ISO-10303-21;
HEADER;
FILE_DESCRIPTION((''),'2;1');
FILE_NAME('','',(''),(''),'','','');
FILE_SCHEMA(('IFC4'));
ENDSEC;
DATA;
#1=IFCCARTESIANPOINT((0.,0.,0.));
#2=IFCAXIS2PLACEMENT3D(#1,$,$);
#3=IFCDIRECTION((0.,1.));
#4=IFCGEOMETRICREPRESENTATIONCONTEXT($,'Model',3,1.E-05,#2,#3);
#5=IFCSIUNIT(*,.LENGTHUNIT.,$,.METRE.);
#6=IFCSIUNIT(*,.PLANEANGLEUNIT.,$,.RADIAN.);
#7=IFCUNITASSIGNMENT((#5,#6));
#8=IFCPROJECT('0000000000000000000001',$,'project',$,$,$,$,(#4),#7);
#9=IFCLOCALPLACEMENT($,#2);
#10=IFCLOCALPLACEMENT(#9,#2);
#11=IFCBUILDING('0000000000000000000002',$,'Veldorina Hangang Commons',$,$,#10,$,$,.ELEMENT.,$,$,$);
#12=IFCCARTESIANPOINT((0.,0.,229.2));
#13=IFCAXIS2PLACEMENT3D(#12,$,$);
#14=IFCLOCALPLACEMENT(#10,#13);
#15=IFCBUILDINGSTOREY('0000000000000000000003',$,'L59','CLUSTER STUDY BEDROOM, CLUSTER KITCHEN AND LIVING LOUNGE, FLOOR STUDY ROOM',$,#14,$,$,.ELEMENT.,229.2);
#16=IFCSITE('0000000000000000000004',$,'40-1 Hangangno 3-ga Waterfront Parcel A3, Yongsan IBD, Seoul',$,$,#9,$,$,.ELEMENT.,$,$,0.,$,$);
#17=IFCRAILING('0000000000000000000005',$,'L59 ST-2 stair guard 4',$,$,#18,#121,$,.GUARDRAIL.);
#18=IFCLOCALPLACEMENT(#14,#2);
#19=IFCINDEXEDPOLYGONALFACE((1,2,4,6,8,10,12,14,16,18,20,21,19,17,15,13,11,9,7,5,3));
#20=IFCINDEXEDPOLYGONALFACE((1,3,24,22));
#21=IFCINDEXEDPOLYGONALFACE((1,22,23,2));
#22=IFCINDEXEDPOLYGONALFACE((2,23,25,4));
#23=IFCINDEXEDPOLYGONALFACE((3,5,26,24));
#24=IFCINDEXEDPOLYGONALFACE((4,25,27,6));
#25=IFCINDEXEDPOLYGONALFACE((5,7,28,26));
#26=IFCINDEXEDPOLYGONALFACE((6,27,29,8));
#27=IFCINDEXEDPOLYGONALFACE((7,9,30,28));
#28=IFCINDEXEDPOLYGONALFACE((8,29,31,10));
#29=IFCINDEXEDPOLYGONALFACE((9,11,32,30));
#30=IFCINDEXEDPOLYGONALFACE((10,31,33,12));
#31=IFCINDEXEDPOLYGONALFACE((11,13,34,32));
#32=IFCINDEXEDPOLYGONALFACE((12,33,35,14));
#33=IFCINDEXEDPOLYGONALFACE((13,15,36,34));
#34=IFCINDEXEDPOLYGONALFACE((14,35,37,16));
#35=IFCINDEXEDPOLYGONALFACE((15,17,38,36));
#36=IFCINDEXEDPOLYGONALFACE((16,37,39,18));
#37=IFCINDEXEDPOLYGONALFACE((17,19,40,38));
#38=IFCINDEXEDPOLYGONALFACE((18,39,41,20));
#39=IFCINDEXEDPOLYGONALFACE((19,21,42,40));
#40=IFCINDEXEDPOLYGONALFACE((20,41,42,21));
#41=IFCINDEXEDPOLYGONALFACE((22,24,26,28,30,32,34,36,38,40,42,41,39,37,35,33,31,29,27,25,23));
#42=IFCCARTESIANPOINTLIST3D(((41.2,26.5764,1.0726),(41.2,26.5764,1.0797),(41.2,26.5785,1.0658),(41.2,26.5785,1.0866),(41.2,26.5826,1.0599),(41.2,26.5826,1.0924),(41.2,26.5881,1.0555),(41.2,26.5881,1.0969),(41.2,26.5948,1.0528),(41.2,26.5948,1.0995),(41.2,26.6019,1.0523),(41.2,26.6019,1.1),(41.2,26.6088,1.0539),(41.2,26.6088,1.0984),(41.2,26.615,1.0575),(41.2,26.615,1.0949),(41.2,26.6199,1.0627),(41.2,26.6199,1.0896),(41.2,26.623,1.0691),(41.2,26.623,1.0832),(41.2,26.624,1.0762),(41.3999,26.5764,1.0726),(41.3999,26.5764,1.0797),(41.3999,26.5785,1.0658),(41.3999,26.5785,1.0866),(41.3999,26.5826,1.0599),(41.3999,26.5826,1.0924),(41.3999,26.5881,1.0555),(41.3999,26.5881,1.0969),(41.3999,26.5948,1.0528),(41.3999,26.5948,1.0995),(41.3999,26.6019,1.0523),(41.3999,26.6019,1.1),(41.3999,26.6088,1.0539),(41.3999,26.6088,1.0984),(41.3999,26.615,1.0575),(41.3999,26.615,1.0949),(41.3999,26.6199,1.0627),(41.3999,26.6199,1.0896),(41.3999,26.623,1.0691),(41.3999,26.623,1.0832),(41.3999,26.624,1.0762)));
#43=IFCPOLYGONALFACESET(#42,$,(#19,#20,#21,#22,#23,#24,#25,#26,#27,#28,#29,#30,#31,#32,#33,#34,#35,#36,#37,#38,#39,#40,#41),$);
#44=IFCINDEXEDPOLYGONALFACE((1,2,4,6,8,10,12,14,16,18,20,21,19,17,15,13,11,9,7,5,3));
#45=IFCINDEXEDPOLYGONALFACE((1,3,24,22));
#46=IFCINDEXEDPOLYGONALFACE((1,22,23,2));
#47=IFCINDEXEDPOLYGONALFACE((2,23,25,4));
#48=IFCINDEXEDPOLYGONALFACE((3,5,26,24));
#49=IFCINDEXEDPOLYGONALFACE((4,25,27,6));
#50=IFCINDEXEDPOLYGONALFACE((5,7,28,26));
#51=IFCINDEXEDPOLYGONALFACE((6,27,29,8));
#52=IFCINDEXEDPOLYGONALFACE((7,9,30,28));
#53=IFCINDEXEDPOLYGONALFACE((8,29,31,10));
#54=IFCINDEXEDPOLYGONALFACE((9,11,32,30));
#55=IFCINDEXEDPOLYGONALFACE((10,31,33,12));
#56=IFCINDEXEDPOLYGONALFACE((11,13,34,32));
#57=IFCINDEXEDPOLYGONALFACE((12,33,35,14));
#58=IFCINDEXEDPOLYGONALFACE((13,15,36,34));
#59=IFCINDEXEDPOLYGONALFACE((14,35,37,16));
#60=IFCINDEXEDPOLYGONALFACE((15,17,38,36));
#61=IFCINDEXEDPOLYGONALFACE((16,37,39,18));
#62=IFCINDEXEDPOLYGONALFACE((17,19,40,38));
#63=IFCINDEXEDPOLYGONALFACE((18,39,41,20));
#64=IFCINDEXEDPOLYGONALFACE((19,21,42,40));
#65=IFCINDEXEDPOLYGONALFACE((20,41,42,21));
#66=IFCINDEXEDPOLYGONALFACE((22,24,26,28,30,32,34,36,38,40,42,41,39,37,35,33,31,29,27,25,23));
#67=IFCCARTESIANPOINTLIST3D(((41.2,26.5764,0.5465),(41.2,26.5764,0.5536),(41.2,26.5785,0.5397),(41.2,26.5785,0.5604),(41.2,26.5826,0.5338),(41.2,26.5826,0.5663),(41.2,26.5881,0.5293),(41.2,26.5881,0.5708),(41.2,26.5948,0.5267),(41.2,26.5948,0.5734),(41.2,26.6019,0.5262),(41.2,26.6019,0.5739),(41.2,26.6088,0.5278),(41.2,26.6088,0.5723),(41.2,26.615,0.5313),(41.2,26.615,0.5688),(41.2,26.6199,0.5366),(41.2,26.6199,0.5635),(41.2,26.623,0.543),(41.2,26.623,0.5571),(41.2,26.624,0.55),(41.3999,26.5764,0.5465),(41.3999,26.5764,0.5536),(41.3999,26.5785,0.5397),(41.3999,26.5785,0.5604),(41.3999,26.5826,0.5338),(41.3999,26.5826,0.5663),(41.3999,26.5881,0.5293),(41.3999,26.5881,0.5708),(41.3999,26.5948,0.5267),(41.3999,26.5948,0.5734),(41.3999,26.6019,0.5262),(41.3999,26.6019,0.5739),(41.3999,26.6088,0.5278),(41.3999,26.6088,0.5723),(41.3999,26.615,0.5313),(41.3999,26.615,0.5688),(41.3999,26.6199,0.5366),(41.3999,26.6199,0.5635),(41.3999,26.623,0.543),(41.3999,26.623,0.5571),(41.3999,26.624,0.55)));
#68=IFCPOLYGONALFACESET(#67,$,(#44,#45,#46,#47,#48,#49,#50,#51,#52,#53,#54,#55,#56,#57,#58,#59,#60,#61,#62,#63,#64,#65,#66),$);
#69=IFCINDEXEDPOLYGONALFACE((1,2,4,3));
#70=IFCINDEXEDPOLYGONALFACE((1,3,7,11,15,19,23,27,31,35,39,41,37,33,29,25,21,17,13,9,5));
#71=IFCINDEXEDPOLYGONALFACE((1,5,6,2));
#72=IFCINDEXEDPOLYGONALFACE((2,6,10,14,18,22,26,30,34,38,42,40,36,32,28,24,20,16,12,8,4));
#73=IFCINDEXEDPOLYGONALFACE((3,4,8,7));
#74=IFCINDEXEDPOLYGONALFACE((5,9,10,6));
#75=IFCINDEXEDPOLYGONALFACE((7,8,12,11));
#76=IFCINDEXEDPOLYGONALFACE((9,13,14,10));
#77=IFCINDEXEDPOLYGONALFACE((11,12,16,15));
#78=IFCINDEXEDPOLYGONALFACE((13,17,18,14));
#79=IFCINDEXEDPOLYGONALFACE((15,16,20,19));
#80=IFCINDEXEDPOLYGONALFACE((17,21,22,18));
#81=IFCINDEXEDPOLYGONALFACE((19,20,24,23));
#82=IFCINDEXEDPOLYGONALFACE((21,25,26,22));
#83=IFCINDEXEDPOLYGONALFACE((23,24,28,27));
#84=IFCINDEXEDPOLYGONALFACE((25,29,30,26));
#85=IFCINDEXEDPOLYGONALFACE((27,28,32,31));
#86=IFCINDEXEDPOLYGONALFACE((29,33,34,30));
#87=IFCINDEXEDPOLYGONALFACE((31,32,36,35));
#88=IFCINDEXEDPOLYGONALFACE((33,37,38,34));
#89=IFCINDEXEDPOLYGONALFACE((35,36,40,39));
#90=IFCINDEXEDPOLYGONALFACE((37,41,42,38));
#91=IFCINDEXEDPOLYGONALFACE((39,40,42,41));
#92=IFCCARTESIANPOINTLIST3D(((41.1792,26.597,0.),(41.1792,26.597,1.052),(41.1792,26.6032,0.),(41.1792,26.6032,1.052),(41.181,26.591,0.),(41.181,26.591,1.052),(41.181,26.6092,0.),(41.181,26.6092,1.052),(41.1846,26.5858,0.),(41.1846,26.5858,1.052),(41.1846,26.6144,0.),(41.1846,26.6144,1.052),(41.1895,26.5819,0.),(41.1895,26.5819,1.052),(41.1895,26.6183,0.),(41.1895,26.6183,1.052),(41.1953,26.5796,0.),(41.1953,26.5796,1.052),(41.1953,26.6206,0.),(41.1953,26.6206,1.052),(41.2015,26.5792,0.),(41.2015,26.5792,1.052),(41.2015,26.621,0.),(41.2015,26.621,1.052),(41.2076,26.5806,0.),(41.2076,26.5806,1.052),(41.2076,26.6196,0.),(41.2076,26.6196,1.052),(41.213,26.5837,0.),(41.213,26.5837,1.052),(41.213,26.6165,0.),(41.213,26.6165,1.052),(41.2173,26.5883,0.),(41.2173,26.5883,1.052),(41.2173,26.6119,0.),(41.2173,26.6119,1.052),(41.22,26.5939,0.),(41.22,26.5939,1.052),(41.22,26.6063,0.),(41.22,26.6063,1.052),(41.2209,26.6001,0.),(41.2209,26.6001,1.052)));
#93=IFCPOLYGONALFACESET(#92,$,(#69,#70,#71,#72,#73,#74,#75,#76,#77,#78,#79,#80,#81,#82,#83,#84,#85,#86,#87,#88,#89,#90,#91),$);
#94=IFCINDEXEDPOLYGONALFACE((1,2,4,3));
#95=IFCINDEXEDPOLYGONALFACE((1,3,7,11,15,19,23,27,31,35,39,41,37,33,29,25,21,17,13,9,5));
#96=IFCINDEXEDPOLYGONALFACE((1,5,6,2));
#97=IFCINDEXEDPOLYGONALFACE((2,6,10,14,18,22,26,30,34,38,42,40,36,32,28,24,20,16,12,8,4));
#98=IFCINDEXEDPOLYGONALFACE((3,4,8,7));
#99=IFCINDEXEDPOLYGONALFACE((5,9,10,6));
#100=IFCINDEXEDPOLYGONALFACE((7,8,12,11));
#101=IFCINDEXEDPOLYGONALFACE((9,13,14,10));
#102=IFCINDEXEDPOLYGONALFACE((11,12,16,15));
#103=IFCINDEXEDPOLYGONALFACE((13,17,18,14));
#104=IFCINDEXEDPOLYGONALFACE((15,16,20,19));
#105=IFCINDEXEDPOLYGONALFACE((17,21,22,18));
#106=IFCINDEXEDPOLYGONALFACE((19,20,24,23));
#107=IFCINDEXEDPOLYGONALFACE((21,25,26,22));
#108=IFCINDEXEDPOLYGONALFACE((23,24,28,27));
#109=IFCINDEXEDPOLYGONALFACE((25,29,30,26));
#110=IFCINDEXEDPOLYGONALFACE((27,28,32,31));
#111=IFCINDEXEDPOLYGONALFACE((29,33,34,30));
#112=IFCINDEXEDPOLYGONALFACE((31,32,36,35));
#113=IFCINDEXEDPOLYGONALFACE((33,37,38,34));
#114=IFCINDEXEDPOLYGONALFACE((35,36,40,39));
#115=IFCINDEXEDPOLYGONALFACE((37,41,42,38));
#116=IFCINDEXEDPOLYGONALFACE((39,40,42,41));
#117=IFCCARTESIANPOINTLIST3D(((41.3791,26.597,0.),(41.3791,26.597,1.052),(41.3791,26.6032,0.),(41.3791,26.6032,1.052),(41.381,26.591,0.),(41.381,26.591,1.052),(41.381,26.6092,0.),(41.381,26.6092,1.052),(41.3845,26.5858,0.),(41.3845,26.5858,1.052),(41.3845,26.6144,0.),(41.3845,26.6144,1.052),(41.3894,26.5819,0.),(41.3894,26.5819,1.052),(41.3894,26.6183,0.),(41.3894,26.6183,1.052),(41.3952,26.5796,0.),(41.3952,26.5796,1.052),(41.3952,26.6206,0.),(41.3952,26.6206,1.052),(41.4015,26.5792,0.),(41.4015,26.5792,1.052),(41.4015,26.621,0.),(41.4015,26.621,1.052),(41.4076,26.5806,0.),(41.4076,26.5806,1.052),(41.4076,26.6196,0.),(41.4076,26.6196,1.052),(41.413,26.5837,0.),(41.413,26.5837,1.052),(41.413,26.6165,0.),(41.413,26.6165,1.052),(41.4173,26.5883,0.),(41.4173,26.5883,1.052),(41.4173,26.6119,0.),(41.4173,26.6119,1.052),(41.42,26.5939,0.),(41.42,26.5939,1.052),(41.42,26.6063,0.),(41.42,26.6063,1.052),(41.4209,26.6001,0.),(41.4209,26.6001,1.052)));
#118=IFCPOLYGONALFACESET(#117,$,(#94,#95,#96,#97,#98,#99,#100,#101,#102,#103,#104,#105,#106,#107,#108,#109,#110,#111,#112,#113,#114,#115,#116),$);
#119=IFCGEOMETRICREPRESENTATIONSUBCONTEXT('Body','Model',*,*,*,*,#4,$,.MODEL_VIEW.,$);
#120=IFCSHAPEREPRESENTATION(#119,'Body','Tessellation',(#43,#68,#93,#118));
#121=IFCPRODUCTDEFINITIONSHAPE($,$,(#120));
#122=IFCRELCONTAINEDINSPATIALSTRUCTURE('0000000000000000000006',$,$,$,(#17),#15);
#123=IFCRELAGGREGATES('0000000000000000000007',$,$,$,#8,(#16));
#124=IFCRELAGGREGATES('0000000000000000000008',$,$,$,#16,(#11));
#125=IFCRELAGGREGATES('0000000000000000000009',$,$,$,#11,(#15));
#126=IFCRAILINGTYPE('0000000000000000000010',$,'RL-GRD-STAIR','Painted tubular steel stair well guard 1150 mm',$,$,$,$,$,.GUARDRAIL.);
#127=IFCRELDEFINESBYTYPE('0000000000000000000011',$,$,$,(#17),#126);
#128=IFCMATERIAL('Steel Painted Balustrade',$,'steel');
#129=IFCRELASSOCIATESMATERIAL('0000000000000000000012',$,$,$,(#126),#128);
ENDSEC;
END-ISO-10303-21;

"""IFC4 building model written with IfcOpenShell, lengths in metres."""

from ifc_helpers import new_model, si_unit, direction, frame, origin, origin_2d, place, context, subcontext, project, spatial, circle, extrude, material, type_object, element, save


model = new_model("IFC4")

# Units and contexts
model_context = context("Model", 3, precision=1e-05, world=origin(), true_north=direction((0.0, 1.0)))
body_context = subcontext(model_context, "Body", "Model", "MODEL_VIEW")
ifc_project = project(units=[si_unit("LENGTHUNIT", "METRE"), si_unit("PLANEANGLEUNIT", "RADIAN")], contexts=[model_context])

# Site, building, storey
site_placement = place(None, origin())
site = spatial("IfcSite", under=ifc_project, at=site_placement, Name="40-1 Hangangno 3-ga Waterfront Parcel A3, Yongsan IBD, Seoul", CompositionType="ELEMENT", RefElevation=0.0)
building_placement = place(site_placement, origin())
building = spatial("IfcBuilding", under=site, at=building_placement, Name="Veldorina Hangang Commons", CompositionType="ELEMENT")
storey_placement = place(building_placement, frame((0.0, 0.0, 229.2)))
storey = spatial("IfcBuildingStorey", under=building, at=storey_placement, Name="L59", Description="CLUSTER STUDY BEDROOM, CLUSTER KITCHEN AND LIVING LOUNGE, FLOOR STUDY ROOM", CompositionType="ELEMENT", Elevation=229.2)

# Railing
ifc_material_1 = material(Name="Steel Painted Balustrade", Category="steel")
railing_type_1 = type_object("IfcRailingType", Name="RL-GRD-STAIR", Description="Painted tubular steel stair well guard 1150 mm", PredefinedType="GUARDRAIL", material=ifc_material_1)
railing_1_placement = place(storey_placement, frame((41.2, 26.6001, 0.0)))
element("IfcRailing", 1, at=railing_1_placement, inside=storey, type_object=railing_type_1, Name="L59 ST-2 stair guard 4", PredefinedType="GUARDRAIL", context=body_context, shape_type="SweptSolid", body=[
    extrude(circle(Radius=0.0239, at=origin_2d()), frame((0.0, 0.0, 1.0762), z_axis=(1.0, 0.0, 0.0), x_axis=(0.0, 1.0, 0.0)), (0.0, 0.0, 1.0), 0.2),
    extrude(circle(Radius=0.0239, at=origin_2d()), frame((0.0, 0.0, 0.55), z_axis=(1.0, 0.0, 0.0), x_axis=(0.0, 1.0, 0.0)), (0.0, 0.0, 1.0), 0.2),
    extrude(circle(Radius=0.021, at=origin_2d()), origin(), (0.0, 0.0, 1.0), 1.052),
    extrude(circle(Radius=0.021, at=origin_2d()), frame((0.2, 0.0, 0.0)), (0.0, 0.0, 1.0), 1.052),
])

save(model, "model.ifc")
